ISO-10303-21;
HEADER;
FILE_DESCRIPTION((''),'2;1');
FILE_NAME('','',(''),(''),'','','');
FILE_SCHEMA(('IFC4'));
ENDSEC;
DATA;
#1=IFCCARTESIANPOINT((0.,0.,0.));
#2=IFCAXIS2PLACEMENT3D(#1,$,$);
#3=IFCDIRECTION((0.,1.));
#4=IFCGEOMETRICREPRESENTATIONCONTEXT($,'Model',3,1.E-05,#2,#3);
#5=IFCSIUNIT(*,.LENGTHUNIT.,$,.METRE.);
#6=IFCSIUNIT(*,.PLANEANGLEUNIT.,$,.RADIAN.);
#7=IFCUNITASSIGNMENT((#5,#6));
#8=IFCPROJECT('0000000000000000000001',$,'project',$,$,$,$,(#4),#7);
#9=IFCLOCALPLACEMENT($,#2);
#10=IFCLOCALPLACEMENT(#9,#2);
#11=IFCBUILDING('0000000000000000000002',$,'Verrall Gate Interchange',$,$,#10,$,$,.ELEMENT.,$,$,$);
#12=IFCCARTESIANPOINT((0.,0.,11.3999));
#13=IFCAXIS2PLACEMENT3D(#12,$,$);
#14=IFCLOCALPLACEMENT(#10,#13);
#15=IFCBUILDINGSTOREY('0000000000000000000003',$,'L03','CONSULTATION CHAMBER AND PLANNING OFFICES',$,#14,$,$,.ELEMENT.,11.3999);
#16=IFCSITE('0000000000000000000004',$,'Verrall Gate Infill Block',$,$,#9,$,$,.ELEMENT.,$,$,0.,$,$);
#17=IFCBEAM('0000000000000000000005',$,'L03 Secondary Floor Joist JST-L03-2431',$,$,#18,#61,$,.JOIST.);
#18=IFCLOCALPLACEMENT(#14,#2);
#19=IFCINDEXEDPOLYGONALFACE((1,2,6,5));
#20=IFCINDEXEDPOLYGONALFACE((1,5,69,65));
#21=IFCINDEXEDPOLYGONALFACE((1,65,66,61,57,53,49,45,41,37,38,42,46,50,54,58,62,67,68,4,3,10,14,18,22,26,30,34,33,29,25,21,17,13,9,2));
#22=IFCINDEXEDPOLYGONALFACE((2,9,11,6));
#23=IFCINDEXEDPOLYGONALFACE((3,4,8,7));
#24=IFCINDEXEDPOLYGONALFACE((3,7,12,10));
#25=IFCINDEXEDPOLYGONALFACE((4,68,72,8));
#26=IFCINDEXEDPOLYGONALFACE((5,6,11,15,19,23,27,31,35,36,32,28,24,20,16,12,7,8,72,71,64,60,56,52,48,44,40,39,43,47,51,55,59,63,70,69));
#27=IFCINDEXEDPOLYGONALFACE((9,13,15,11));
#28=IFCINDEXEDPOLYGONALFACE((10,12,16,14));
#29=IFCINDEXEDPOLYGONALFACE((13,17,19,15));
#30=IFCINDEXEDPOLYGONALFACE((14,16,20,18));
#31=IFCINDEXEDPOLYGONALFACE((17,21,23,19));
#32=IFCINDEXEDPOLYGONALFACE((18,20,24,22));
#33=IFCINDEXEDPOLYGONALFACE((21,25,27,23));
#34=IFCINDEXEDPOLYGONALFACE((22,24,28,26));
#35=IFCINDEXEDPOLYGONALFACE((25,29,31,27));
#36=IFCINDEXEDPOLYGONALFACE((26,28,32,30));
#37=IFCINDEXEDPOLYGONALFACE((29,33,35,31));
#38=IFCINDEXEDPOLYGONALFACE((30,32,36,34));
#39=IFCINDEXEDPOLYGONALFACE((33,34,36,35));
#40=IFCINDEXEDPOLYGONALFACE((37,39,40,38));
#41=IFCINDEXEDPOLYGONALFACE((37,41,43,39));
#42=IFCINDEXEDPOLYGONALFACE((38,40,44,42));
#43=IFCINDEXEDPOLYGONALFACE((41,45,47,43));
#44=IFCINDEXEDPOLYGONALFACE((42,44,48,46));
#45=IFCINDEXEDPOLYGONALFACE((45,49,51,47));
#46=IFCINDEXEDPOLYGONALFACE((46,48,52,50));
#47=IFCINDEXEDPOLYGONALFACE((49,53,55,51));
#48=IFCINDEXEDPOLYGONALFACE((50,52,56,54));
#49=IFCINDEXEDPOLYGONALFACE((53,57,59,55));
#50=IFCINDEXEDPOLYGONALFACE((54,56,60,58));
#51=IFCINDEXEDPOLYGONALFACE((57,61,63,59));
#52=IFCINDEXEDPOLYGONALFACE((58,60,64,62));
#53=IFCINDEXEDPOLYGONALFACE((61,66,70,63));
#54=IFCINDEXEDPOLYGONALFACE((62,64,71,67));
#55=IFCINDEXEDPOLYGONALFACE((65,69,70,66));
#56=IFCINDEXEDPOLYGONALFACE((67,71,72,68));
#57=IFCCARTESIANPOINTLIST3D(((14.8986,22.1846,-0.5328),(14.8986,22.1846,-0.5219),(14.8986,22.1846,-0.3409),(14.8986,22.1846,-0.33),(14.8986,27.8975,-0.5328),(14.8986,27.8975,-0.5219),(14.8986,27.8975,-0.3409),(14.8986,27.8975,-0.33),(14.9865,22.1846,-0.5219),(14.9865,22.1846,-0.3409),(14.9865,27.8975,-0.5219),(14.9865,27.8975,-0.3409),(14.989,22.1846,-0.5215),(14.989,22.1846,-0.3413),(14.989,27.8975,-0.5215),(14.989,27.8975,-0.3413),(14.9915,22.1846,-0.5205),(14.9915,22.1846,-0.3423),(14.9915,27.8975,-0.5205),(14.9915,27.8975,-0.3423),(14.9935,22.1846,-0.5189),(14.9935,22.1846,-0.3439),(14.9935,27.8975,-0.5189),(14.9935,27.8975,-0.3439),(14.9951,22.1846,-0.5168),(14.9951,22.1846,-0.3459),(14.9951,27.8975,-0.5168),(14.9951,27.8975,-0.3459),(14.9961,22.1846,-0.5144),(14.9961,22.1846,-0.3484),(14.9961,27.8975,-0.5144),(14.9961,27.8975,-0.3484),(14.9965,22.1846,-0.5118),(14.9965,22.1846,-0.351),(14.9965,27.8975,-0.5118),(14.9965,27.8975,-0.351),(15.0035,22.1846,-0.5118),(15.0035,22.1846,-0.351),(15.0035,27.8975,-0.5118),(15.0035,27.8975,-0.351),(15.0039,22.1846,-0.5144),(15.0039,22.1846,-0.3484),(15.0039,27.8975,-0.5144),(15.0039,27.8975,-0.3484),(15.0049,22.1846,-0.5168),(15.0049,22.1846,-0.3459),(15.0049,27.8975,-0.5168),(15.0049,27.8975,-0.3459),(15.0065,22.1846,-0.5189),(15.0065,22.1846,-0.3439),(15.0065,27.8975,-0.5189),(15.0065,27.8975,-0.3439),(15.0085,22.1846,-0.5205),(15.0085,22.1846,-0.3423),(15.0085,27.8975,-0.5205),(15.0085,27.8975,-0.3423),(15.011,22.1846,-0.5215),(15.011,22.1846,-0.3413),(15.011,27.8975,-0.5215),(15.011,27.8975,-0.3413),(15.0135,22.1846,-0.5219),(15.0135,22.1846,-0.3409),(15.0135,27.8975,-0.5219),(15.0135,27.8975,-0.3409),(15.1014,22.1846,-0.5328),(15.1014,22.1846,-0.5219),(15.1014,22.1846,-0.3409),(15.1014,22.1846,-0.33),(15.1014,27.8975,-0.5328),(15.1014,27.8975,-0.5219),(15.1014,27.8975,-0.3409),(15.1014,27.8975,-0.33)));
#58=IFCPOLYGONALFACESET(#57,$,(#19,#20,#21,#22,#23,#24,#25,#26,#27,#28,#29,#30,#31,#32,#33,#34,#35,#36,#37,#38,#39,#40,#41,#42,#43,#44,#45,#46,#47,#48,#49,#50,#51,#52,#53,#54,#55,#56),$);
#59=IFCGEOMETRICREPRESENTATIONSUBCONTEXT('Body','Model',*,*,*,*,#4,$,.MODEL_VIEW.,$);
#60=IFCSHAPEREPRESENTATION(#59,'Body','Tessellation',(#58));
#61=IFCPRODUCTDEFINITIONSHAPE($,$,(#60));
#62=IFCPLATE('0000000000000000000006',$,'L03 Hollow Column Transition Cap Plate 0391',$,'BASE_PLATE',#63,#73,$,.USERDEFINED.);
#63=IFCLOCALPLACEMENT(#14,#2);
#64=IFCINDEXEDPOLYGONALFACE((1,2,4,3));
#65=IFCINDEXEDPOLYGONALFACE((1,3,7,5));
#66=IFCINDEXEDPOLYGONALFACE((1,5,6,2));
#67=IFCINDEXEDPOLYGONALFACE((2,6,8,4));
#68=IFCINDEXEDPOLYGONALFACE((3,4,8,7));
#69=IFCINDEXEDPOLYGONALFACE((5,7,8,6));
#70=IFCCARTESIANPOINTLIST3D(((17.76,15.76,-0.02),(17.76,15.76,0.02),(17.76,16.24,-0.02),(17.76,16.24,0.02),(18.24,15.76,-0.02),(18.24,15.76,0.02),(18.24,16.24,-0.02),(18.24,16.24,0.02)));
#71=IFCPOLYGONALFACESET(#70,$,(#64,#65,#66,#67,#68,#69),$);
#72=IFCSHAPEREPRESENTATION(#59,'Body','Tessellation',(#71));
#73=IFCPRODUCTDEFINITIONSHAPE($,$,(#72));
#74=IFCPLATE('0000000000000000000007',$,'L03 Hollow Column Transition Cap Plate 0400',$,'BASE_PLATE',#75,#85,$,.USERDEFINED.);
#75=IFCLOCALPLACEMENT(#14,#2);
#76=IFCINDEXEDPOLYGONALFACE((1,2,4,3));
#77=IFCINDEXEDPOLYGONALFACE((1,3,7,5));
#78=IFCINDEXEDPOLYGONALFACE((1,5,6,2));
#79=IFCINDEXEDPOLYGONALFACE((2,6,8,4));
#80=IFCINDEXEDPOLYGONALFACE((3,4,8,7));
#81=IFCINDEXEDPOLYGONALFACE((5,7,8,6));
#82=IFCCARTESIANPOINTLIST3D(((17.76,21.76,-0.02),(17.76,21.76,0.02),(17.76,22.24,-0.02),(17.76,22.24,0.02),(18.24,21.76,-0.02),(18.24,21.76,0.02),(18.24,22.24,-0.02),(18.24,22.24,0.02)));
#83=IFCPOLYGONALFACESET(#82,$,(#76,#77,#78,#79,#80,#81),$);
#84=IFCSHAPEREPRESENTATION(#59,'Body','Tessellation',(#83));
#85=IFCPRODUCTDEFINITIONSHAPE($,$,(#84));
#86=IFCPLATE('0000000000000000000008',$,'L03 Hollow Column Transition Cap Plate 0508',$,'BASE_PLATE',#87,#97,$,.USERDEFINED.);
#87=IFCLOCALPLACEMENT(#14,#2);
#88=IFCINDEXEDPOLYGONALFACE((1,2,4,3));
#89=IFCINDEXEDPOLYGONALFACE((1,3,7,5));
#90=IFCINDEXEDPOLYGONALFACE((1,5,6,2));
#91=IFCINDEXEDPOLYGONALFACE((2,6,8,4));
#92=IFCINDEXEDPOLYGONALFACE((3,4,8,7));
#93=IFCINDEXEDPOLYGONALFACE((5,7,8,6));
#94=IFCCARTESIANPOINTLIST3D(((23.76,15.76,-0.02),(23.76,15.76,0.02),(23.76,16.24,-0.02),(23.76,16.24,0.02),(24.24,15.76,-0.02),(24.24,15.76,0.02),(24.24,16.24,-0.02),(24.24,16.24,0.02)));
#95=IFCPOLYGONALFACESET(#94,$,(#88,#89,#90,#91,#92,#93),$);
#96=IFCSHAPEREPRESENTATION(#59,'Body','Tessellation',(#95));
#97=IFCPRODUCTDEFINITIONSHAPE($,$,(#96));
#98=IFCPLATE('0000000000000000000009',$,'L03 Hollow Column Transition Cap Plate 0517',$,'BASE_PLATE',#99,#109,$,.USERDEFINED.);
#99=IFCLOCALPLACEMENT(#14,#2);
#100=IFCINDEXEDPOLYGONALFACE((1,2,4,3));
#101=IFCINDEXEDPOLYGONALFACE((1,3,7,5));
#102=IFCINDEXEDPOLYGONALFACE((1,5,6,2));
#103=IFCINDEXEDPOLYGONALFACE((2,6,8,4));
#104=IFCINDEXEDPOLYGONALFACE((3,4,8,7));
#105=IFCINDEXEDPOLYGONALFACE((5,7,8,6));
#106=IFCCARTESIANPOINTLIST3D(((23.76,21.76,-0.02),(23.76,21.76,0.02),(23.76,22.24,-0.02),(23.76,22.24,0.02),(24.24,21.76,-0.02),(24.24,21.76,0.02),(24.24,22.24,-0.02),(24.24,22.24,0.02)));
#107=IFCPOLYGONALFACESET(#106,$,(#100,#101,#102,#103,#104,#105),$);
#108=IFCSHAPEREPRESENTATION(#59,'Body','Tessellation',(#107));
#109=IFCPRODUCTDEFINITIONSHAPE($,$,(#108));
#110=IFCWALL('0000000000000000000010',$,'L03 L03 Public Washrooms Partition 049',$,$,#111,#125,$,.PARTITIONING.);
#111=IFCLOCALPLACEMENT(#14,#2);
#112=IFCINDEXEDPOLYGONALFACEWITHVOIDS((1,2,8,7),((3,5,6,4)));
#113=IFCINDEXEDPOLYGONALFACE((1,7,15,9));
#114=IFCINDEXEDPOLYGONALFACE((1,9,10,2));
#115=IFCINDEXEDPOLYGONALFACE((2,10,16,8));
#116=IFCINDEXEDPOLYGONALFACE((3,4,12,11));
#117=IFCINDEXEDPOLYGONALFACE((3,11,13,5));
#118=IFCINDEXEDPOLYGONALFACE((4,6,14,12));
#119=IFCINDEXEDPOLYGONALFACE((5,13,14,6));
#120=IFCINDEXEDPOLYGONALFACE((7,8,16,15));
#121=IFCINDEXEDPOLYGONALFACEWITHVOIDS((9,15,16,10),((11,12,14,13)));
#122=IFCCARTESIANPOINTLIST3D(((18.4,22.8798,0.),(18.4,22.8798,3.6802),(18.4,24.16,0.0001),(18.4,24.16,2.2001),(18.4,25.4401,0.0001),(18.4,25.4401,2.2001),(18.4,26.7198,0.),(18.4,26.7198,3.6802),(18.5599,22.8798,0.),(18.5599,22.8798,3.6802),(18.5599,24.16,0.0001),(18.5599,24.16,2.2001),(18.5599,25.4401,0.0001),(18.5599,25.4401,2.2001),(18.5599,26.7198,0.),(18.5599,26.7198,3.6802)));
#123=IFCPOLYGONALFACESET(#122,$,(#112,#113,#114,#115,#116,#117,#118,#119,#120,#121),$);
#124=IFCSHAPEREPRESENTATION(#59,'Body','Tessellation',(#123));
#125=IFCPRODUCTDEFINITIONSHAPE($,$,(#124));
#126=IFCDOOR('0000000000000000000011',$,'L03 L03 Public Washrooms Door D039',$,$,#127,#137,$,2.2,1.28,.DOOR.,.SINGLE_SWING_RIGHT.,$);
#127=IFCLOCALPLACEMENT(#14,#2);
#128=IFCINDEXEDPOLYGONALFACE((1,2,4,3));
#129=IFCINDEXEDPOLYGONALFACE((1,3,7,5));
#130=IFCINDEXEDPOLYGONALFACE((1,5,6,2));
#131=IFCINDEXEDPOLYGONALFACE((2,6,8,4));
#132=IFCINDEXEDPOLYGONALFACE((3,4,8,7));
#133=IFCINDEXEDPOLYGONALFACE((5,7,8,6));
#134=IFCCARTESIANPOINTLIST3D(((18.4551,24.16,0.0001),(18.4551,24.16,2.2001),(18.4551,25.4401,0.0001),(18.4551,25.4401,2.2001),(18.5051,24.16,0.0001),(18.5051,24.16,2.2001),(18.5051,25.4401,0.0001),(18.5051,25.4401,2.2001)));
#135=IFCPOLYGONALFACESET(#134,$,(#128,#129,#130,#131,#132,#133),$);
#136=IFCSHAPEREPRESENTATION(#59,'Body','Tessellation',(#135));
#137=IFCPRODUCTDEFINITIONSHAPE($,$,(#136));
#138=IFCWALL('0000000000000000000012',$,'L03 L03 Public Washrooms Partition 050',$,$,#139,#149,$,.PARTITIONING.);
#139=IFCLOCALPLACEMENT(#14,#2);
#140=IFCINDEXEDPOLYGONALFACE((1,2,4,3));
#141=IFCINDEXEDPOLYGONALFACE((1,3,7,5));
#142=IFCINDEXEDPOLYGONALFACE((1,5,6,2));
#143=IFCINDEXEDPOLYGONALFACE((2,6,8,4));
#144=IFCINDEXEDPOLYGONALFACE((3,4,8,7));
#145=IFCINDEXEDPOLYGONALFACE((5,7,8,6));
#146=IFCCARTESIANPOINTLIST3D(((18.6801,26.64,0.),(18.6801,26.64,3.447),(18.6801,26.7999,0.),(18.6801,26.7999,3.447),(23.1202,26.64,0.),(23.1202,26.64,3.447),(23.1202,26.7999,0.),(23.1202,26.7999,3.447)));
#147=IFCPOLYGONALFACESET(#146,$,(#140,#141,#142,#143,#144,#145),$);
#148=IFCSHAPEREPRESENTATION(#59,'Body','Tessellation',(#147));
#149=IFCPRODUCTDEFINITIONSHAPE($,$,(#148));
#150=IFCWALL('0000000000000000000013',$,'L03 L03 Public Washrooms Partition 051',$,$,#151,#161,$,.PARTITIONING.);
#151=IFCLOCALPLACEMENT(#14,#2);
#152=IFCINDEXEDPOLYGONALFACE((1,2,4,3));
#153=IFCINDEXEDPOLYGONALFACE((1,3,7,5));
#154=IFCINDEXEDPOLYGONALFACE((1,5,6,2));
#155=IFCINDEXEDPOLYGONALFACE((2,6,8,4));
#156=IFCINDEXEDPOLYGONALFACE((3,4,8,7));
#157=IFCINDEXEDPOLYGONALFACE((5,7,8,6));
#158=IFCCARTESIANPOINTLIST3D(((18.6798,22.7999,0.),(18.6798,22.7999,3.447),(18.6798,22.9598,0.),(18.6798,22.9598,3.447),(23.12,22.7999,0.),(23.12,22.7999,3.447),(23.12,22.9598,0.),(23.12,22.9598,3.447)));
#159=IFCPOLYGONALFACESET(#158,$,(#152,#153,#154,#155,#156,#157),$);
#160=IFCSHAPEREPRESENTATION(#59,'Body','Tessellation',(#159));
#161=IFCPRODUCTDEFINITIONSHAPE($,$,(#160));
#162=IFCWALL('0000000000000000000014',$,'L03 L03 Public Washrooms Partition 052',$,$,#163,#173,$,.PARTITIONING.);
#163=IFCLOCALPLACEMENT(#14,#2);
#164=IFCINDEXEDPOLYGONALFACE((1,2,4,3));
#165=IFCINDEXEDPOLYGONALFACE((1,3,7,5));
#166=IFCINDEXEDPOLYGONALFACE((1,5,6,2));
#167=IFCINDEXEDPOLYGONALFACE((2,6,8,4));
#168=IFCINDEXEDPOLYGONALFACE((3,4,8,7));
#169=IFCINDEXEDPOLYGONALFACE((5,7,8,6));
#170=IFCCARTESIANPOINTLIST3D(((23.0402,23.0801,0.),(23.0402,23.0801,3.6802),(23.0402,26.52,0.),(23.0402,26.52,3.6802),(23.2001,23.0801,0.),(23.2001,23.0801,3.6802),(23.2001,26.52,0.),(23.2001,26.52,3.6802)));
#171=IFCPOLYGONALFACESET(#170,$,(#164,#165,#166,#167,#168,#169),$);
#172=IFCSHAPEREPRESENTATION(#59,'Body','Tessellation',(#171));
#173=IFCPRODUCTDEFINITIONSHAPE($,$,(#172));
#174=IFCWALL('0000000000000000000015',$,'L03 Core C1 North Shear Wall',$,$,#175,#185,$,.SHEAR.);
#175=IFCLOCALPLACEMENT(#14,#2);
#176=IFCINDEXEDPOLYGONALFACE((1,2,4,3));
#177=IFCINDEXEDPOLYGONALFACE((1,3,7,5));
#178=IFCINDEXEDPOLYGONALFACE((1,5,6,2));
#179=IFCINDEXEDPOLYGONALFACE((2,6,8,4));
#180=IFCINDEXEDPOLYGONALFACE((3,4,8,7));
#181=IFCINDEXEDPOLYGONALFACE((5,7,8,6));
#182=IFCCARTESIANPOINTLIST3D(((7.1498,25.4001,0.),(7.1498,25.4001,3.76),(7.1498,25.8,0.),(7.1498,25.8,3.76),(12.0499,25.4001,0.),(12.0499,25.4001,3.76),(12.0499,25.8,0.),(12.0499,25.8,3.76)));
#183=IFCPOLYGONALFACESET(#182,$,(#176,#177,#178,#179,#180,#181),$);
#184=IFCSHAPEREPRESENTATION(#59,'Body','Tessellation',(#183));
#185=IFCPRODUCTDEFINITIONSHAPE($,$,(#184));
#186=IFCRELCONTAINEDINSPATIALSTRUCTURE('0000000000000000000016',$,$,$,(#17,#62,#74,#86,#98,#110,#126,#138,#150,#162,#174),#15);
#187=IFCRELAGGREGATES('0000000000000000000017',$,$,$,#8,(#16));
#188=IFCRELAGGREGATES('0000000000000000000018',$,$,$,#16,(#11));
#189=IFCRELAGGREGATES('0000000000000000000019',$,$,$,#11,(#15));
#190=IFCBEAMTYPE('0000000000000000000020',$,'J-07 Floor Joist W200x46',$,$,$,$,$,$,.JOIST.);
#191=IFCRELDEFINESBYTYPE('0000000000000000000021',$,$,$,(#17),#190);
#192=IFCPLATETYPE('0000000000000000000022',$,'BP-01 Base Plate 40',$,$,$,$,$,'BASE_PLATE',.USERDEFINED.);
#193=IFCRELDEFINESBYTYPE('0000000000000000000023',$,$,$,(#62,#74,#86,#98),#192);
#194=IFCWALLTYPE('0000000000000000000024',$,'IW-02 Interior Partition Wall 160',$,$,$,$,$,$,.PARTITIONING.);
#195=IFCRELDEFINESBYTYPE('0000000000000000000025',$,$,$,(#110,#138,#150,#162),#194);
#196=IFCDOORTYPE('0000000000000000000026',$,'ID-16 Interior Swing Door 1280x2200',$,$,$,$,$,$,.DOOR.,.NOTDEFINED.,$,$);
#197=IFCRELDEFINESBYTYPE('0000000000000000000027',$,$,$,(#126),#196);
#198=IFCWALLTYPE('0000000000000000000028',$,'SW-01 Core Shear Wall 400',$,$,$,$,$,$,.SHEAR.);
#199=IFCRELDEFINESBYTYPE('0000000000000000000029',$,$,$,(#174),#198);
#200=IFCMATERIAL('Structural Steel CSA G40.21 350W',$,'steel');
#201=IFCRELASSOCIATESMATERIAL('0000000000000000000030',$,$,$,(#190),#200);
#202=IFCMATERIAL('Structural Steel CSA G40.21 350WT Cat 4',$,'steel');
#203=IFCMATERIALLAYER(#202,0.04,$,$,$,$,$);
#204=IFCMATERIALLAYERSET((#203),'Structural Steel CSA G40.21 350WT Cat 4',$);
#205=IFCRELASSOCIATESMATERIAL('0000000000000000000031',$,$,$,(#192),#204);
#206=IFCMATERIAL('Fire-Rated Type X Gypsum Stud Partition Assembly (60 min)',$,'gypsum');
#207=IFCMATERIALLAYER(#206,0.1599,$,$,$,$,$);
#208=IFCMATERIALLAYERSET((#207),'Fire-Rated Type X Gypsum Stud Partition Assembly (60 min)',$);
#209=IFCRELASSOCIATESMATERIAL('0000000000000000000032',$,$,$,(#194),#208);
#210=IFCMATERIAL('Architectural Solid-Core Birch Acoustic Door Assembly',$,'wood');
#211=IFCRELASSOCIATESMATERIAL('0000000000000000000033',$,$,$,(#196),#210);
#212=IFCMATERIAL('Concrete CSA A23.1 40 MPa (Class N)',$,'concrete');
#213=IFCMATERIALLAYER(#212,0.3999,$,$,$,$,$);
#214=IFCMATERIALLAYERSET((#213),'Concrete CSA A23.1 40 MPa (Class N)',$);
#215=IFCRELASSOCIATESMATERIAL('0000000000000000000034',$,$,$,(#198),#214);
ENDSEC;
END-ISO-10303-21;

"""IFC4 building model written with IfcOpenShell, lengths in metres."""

from ifc_helpers import new_model, si_unit, direction, frame, frame_2d, origin, origin_2d, place, context, subcontext, project, spatial, rectangle, i_section, extrude, material, layer, layer_set, material_profile, profile_set, type_object, element, fill, save


model = new_model("IFC4")

# Units and contexts
model_context = context("Model", 3, precision=1e-05, world=origin(), true_north=direction((0.0, 1.0)))
body_context = subcontext(model_context, "Body", "Model", "MODEL_VIEW")
ifc_project = project(units=[si_unit("LENGTHUNIT", "METRE"), si_unit("PLANEANGLEUNIT", "RADIAN")], contexts=[model_context])

# Site, building, storey
site_placement = place(None, origin())
site = spatial("IfcSite", under=ifc_project, at=site_placement, Name="Verrall Gate Infill Block", CompositionType="ELEMENT", RefElevation=0.0)
building_placement = place(site_placement, origin())
building = spatial("IfcBuilding", under=site, at=building_placement, Name="Verrall Gate Interchange", CompositionType="ELEMENT")
storey_placement = place(building_placement, frame((0.0, 0.0, 11.3999)))
storey = spatial("IfcBuildingStorey", under=building, at=storey_placement, Name="L03", Description="CONSULTATION CHAMBER AND PLANNING OFFICES", CompositionType="ELEMENT", Elevation=11.3999)

# Beam
ifc_material_1 = material(Name="Structural Steel CSA G40.21 350W", Category="steel")
ifc_material_profile_1 = material_profile(ifc_material_1, i_section(OverallWidth=0.2029, OverallDepth=0.2029, WebThickness=0.0071, FlangeThickness=0.011, FilletRadius=0.01, at=origin_2d()), Name="W200x46")
ifc_profile_set_1 = profile_set([ifc_material_profile_1], Name="Structural Steel CSA G40.21 350W")
beam_type_1 = type_object("IfcBeamType", Name="J-07 Floor Joist W200x46", PredefinedType="JOIST", material=ifc_profile_set_1)
for number, where, z_axis, x_axis, name in (
    (1, (15.0, 22.1846, -0.4314), (0.0, 1.0, 0.0), (-1.0, 0.0, 0.0), "L03 Secondary Floor Joist JST-L03-2431"),
):
    element("IfcBeam", number, at=place(storey_placement, frame(where, z_axis=z_axis, x_axis=x_axis)), inside=storey, type_object=beam_type_1, Name=name, PredefinedType="JOIST", context=body_context, shape_type="SweptSolid", body=[
        extrude(i_section(OverallWidth=0.2029, OverallDepth=0.2029, WebThickness=0.0071, FlangeThickness=0.011, FilletRadius=0.01, at=origin_2d()), origin(), (0.0, 0.0, 1.0), 5.7129),
    ])

# Plates
ifc_material_2 = material(Name="Structural Steel CSA G40.21 350WT Cat 4", Category="steel")
ifc_layer_1 = layer(ifc_material_2, 0.04)
ifc_layer_set_1 = layer_set([ifc_layer_1], Name="Structural Steel CSA G40.21 350WT Cat 4")
plate_type = type_object("IfcPlateType", Name="BP-01 Base Plate 40", ElementType="BASE_PLATE", PredefinedType="USERDEFINED", material=ifc_layer_set_1)
for number, where, z_axis, x_axis, name in (
    (2, (18.0, 16.0, -0.02), (0.0, 0.0, 1.0), (1.0, 0.0, 0.0), "L03 Hollow Column Transition Cap Plate 0391"),
    (3, (18.0, 22.0, -0.02), (0.0, 0.0, 1.0), (1.0, 0.0, 0.0), "L03 Hollow Column Transition Cap Plate 0400"),
    (4, (24.0, 16.0, -0.02), (0.0, 0.0, 1.0), (1.0, 0.0, 0.0), "L03 Hollow Column Transition Cap Plate 0508"),
    (5, (24.0, 22.0, -0.02), (0.0, 0.0, 1.0), (1.0, 0.0, 0.0), "L03 Hollow Column Transition Cap Plate 0517"),
):
    element("IfcPlate", number, at=place(storey_placement, frame(where, z_axis=z_axis, x_axis=x_axis)), inside=storey, type_object=plate_type, Name=name, ObjectType="BASE_PLATE", PredefinedType="USERDEFINED", context=body_context, shape_type="SweptSolid", body=[
        extrude(rectangle(XDim=0.48, YDim=0.48, at=origin_2d()), origin(), (0.0, 0.0, 1.0), 0.04),
    ])

# Wall, opening, door
ifc_material_3 = material(Name="Fire-Rated Type X Gypsum Stud Partition Assembly (60 min)", Category="gypsum")
ifc_layer_2 = layer(ifc_material_3, 0.1599)
ifc_layer_set_2 = layer_set([ifc_layer_2], Name="Fire-Rated Type X Gypsum Stud Partition Assembly (60 min)")
wall_type_1 = type_object("IfcWallType", Name="IW-02 Interior Partition Wall 160", PredefinedType="PARTITIONING", material=ifc_layer_set_2)
wall_1_placement = place(storey_placement, frame((18.48, 22.8799, 0.0), z_axis=(0.0, 0.0, 1.0), x_axis=(0.0, 1.0, 0.0)))
wall_1 = element("IfcWall", 6, at=wall_1_placement, inside=storey, type_object=wall_type_1, Name="L03 L03 Public Washrooms Partition 049", PredefinedType="PARTITIONING", context=body_context, shape_type="SweptSolid", body=[
    extrude(rectangle(XDim=3.8401, YDim=0.1599, at=frame_2d((1.9199, 0.0))), origin(), (0.0, 0.0, 1.0), 3.6802),
])
opening_placement = place(wall_1_placement, frame((1.28, 0.0, 0.0)))
opening = element("IfcOpeningElement", 7, at=opening_placement, cuts=wall_1, PredefinedType="OPENING", context=body_context, shape_type="SweptSolid", body=[
    extrude(rectangle(XDim=1.28, YDim=2.2, at=frame_2d((0.6401, 1.1001))), frame((0.0, 0.0947, 0.0), z_axis=(0.0, -1.0, 0.0), x_axis=(1.0, 0.0, 0.0)), (0.0, 0.0, 1.0), 0.1897),
])
ifc_material_4 = material(Name="Architectural Solid-Core Birch Acoustic Door Assembly", Category="wood")
door_type = type_object("IfcDoorType", Name="ID-16 Interior Swing Door 1280x2200", OperationType="NOTDEFINED", PredefinedType="DOOR", material=ifc_material_4)
door_placement = place(opening_placement, origin())
door = element("IfcDoor", 8, at=door_placement, inside=storey, type_object=door_type, Name="L03 L03 Public Washrooms Door D039", OperationType="SINGLE_SWING_RIGHT", OverallHeight=2.2, OverallWidth=1.28, PredefinedType="DOOR", context=body_context, shape_type="SweptSolid", body=[
    extrude(rectangle(XDim=1.28, YDim=2.2, at=frame_2d((0.6401, 1.1001))), frame((0.0, 0.0249, 0.0), z_axis=(0.0, -1.0, 0.0), x_axis=(1.0, 0.0, 0.0)), (0.0, 0.0, 1.0), 0.05),
])
fill(opening, door)

# Walls
for number, where, z_axis, x_axis, name in (
    (9, (18.6799, 26.72, 0.0), (0.0, 0.0, 1.0), (1.0, 0.0, 0.0), "L03 L03 Public Washrooms Partition 050"),
    (10, (23.1201, 22.8799, 0.0), (0.0, 0.0, 1.0), (-1.0, 0.0, 0.0), "L03 L03 Public Washrooms Partition 051"),
):
    element("IfcWall", number, at=place(storey_placement, frame(where, z_axis=z_axis, x_axis=x_axis)), inside=storey, type_object=wall_type_1, Name=name, PredefinedType="PARTITIONING", context=body_context, shape_type="SweptSolid", body=[
        extrude(rectangle(XDim=4.4402, YDim=0.1599, at=frame_2d((2.2202, 0.0))), origin(), (0.0, 0.0, 1.0), 3.447),
    ])
wall_2_placement = place(storey_placement, frame((23.1201, 26.52, 0.0), z_axis=(0.0, 0.0, 1.0), x_axis=(0.0, -1.0, 0.0)))
element("IfcWall", 11, at=wall_2_placement, inside=storey, type_object=wall_type_1, Name="L03 L03 Public Washrooms Partition 052", PredefinedType="PARTITIONING", context=body_context, shape_type="SweptSolid", body=[
    extrude(rectangle(XDim=3.4399, YDim=0.1599, at=frame_2d((1.72, 0.0))), origin(), (0.0, 0.0, 1.0), 3.6802),
])
ifc_material_5 = material(Name="Concrete CSA A23.1 40 MPa (Class N)", Category="concrete")
ifc_layer_3 = layer(ifc_material_5, 0.3999)
ifc_layer_set_3 = layer_set([ifc_layer_3], Name="Concrete CSA A23.1 40 MPa (Class N)")
wall_type_2 = type_object("IfcWallType", Name="SW-01 Core Shear Wall 400", PredefinedType="SHEAR", material=ifc_layer_set_3)
wall_3_placement = place(storey_placement, frame((12.05, 25.6001, 0.0), z_axis=(0.0, 0.0, 1.0), x_axis=(-1.0, 0.0, 0.0)))
element("IfcWall", 12, at=wall_3_placement, inside=storey, type_object=wall_type_2, Name="L03 Core C1 North Shear Wall", PredefinedType="SHEAR", context=body_context, shape_type="SweptSolid", body=[
    extrude(rectangle(XDim=4.9001, YDim=0.3999, at=frame_2d((2.4502, 0.0))), origin(), (0.0, 0.0, 1.0), 3.76),
])

save(model, "model.ifc")
